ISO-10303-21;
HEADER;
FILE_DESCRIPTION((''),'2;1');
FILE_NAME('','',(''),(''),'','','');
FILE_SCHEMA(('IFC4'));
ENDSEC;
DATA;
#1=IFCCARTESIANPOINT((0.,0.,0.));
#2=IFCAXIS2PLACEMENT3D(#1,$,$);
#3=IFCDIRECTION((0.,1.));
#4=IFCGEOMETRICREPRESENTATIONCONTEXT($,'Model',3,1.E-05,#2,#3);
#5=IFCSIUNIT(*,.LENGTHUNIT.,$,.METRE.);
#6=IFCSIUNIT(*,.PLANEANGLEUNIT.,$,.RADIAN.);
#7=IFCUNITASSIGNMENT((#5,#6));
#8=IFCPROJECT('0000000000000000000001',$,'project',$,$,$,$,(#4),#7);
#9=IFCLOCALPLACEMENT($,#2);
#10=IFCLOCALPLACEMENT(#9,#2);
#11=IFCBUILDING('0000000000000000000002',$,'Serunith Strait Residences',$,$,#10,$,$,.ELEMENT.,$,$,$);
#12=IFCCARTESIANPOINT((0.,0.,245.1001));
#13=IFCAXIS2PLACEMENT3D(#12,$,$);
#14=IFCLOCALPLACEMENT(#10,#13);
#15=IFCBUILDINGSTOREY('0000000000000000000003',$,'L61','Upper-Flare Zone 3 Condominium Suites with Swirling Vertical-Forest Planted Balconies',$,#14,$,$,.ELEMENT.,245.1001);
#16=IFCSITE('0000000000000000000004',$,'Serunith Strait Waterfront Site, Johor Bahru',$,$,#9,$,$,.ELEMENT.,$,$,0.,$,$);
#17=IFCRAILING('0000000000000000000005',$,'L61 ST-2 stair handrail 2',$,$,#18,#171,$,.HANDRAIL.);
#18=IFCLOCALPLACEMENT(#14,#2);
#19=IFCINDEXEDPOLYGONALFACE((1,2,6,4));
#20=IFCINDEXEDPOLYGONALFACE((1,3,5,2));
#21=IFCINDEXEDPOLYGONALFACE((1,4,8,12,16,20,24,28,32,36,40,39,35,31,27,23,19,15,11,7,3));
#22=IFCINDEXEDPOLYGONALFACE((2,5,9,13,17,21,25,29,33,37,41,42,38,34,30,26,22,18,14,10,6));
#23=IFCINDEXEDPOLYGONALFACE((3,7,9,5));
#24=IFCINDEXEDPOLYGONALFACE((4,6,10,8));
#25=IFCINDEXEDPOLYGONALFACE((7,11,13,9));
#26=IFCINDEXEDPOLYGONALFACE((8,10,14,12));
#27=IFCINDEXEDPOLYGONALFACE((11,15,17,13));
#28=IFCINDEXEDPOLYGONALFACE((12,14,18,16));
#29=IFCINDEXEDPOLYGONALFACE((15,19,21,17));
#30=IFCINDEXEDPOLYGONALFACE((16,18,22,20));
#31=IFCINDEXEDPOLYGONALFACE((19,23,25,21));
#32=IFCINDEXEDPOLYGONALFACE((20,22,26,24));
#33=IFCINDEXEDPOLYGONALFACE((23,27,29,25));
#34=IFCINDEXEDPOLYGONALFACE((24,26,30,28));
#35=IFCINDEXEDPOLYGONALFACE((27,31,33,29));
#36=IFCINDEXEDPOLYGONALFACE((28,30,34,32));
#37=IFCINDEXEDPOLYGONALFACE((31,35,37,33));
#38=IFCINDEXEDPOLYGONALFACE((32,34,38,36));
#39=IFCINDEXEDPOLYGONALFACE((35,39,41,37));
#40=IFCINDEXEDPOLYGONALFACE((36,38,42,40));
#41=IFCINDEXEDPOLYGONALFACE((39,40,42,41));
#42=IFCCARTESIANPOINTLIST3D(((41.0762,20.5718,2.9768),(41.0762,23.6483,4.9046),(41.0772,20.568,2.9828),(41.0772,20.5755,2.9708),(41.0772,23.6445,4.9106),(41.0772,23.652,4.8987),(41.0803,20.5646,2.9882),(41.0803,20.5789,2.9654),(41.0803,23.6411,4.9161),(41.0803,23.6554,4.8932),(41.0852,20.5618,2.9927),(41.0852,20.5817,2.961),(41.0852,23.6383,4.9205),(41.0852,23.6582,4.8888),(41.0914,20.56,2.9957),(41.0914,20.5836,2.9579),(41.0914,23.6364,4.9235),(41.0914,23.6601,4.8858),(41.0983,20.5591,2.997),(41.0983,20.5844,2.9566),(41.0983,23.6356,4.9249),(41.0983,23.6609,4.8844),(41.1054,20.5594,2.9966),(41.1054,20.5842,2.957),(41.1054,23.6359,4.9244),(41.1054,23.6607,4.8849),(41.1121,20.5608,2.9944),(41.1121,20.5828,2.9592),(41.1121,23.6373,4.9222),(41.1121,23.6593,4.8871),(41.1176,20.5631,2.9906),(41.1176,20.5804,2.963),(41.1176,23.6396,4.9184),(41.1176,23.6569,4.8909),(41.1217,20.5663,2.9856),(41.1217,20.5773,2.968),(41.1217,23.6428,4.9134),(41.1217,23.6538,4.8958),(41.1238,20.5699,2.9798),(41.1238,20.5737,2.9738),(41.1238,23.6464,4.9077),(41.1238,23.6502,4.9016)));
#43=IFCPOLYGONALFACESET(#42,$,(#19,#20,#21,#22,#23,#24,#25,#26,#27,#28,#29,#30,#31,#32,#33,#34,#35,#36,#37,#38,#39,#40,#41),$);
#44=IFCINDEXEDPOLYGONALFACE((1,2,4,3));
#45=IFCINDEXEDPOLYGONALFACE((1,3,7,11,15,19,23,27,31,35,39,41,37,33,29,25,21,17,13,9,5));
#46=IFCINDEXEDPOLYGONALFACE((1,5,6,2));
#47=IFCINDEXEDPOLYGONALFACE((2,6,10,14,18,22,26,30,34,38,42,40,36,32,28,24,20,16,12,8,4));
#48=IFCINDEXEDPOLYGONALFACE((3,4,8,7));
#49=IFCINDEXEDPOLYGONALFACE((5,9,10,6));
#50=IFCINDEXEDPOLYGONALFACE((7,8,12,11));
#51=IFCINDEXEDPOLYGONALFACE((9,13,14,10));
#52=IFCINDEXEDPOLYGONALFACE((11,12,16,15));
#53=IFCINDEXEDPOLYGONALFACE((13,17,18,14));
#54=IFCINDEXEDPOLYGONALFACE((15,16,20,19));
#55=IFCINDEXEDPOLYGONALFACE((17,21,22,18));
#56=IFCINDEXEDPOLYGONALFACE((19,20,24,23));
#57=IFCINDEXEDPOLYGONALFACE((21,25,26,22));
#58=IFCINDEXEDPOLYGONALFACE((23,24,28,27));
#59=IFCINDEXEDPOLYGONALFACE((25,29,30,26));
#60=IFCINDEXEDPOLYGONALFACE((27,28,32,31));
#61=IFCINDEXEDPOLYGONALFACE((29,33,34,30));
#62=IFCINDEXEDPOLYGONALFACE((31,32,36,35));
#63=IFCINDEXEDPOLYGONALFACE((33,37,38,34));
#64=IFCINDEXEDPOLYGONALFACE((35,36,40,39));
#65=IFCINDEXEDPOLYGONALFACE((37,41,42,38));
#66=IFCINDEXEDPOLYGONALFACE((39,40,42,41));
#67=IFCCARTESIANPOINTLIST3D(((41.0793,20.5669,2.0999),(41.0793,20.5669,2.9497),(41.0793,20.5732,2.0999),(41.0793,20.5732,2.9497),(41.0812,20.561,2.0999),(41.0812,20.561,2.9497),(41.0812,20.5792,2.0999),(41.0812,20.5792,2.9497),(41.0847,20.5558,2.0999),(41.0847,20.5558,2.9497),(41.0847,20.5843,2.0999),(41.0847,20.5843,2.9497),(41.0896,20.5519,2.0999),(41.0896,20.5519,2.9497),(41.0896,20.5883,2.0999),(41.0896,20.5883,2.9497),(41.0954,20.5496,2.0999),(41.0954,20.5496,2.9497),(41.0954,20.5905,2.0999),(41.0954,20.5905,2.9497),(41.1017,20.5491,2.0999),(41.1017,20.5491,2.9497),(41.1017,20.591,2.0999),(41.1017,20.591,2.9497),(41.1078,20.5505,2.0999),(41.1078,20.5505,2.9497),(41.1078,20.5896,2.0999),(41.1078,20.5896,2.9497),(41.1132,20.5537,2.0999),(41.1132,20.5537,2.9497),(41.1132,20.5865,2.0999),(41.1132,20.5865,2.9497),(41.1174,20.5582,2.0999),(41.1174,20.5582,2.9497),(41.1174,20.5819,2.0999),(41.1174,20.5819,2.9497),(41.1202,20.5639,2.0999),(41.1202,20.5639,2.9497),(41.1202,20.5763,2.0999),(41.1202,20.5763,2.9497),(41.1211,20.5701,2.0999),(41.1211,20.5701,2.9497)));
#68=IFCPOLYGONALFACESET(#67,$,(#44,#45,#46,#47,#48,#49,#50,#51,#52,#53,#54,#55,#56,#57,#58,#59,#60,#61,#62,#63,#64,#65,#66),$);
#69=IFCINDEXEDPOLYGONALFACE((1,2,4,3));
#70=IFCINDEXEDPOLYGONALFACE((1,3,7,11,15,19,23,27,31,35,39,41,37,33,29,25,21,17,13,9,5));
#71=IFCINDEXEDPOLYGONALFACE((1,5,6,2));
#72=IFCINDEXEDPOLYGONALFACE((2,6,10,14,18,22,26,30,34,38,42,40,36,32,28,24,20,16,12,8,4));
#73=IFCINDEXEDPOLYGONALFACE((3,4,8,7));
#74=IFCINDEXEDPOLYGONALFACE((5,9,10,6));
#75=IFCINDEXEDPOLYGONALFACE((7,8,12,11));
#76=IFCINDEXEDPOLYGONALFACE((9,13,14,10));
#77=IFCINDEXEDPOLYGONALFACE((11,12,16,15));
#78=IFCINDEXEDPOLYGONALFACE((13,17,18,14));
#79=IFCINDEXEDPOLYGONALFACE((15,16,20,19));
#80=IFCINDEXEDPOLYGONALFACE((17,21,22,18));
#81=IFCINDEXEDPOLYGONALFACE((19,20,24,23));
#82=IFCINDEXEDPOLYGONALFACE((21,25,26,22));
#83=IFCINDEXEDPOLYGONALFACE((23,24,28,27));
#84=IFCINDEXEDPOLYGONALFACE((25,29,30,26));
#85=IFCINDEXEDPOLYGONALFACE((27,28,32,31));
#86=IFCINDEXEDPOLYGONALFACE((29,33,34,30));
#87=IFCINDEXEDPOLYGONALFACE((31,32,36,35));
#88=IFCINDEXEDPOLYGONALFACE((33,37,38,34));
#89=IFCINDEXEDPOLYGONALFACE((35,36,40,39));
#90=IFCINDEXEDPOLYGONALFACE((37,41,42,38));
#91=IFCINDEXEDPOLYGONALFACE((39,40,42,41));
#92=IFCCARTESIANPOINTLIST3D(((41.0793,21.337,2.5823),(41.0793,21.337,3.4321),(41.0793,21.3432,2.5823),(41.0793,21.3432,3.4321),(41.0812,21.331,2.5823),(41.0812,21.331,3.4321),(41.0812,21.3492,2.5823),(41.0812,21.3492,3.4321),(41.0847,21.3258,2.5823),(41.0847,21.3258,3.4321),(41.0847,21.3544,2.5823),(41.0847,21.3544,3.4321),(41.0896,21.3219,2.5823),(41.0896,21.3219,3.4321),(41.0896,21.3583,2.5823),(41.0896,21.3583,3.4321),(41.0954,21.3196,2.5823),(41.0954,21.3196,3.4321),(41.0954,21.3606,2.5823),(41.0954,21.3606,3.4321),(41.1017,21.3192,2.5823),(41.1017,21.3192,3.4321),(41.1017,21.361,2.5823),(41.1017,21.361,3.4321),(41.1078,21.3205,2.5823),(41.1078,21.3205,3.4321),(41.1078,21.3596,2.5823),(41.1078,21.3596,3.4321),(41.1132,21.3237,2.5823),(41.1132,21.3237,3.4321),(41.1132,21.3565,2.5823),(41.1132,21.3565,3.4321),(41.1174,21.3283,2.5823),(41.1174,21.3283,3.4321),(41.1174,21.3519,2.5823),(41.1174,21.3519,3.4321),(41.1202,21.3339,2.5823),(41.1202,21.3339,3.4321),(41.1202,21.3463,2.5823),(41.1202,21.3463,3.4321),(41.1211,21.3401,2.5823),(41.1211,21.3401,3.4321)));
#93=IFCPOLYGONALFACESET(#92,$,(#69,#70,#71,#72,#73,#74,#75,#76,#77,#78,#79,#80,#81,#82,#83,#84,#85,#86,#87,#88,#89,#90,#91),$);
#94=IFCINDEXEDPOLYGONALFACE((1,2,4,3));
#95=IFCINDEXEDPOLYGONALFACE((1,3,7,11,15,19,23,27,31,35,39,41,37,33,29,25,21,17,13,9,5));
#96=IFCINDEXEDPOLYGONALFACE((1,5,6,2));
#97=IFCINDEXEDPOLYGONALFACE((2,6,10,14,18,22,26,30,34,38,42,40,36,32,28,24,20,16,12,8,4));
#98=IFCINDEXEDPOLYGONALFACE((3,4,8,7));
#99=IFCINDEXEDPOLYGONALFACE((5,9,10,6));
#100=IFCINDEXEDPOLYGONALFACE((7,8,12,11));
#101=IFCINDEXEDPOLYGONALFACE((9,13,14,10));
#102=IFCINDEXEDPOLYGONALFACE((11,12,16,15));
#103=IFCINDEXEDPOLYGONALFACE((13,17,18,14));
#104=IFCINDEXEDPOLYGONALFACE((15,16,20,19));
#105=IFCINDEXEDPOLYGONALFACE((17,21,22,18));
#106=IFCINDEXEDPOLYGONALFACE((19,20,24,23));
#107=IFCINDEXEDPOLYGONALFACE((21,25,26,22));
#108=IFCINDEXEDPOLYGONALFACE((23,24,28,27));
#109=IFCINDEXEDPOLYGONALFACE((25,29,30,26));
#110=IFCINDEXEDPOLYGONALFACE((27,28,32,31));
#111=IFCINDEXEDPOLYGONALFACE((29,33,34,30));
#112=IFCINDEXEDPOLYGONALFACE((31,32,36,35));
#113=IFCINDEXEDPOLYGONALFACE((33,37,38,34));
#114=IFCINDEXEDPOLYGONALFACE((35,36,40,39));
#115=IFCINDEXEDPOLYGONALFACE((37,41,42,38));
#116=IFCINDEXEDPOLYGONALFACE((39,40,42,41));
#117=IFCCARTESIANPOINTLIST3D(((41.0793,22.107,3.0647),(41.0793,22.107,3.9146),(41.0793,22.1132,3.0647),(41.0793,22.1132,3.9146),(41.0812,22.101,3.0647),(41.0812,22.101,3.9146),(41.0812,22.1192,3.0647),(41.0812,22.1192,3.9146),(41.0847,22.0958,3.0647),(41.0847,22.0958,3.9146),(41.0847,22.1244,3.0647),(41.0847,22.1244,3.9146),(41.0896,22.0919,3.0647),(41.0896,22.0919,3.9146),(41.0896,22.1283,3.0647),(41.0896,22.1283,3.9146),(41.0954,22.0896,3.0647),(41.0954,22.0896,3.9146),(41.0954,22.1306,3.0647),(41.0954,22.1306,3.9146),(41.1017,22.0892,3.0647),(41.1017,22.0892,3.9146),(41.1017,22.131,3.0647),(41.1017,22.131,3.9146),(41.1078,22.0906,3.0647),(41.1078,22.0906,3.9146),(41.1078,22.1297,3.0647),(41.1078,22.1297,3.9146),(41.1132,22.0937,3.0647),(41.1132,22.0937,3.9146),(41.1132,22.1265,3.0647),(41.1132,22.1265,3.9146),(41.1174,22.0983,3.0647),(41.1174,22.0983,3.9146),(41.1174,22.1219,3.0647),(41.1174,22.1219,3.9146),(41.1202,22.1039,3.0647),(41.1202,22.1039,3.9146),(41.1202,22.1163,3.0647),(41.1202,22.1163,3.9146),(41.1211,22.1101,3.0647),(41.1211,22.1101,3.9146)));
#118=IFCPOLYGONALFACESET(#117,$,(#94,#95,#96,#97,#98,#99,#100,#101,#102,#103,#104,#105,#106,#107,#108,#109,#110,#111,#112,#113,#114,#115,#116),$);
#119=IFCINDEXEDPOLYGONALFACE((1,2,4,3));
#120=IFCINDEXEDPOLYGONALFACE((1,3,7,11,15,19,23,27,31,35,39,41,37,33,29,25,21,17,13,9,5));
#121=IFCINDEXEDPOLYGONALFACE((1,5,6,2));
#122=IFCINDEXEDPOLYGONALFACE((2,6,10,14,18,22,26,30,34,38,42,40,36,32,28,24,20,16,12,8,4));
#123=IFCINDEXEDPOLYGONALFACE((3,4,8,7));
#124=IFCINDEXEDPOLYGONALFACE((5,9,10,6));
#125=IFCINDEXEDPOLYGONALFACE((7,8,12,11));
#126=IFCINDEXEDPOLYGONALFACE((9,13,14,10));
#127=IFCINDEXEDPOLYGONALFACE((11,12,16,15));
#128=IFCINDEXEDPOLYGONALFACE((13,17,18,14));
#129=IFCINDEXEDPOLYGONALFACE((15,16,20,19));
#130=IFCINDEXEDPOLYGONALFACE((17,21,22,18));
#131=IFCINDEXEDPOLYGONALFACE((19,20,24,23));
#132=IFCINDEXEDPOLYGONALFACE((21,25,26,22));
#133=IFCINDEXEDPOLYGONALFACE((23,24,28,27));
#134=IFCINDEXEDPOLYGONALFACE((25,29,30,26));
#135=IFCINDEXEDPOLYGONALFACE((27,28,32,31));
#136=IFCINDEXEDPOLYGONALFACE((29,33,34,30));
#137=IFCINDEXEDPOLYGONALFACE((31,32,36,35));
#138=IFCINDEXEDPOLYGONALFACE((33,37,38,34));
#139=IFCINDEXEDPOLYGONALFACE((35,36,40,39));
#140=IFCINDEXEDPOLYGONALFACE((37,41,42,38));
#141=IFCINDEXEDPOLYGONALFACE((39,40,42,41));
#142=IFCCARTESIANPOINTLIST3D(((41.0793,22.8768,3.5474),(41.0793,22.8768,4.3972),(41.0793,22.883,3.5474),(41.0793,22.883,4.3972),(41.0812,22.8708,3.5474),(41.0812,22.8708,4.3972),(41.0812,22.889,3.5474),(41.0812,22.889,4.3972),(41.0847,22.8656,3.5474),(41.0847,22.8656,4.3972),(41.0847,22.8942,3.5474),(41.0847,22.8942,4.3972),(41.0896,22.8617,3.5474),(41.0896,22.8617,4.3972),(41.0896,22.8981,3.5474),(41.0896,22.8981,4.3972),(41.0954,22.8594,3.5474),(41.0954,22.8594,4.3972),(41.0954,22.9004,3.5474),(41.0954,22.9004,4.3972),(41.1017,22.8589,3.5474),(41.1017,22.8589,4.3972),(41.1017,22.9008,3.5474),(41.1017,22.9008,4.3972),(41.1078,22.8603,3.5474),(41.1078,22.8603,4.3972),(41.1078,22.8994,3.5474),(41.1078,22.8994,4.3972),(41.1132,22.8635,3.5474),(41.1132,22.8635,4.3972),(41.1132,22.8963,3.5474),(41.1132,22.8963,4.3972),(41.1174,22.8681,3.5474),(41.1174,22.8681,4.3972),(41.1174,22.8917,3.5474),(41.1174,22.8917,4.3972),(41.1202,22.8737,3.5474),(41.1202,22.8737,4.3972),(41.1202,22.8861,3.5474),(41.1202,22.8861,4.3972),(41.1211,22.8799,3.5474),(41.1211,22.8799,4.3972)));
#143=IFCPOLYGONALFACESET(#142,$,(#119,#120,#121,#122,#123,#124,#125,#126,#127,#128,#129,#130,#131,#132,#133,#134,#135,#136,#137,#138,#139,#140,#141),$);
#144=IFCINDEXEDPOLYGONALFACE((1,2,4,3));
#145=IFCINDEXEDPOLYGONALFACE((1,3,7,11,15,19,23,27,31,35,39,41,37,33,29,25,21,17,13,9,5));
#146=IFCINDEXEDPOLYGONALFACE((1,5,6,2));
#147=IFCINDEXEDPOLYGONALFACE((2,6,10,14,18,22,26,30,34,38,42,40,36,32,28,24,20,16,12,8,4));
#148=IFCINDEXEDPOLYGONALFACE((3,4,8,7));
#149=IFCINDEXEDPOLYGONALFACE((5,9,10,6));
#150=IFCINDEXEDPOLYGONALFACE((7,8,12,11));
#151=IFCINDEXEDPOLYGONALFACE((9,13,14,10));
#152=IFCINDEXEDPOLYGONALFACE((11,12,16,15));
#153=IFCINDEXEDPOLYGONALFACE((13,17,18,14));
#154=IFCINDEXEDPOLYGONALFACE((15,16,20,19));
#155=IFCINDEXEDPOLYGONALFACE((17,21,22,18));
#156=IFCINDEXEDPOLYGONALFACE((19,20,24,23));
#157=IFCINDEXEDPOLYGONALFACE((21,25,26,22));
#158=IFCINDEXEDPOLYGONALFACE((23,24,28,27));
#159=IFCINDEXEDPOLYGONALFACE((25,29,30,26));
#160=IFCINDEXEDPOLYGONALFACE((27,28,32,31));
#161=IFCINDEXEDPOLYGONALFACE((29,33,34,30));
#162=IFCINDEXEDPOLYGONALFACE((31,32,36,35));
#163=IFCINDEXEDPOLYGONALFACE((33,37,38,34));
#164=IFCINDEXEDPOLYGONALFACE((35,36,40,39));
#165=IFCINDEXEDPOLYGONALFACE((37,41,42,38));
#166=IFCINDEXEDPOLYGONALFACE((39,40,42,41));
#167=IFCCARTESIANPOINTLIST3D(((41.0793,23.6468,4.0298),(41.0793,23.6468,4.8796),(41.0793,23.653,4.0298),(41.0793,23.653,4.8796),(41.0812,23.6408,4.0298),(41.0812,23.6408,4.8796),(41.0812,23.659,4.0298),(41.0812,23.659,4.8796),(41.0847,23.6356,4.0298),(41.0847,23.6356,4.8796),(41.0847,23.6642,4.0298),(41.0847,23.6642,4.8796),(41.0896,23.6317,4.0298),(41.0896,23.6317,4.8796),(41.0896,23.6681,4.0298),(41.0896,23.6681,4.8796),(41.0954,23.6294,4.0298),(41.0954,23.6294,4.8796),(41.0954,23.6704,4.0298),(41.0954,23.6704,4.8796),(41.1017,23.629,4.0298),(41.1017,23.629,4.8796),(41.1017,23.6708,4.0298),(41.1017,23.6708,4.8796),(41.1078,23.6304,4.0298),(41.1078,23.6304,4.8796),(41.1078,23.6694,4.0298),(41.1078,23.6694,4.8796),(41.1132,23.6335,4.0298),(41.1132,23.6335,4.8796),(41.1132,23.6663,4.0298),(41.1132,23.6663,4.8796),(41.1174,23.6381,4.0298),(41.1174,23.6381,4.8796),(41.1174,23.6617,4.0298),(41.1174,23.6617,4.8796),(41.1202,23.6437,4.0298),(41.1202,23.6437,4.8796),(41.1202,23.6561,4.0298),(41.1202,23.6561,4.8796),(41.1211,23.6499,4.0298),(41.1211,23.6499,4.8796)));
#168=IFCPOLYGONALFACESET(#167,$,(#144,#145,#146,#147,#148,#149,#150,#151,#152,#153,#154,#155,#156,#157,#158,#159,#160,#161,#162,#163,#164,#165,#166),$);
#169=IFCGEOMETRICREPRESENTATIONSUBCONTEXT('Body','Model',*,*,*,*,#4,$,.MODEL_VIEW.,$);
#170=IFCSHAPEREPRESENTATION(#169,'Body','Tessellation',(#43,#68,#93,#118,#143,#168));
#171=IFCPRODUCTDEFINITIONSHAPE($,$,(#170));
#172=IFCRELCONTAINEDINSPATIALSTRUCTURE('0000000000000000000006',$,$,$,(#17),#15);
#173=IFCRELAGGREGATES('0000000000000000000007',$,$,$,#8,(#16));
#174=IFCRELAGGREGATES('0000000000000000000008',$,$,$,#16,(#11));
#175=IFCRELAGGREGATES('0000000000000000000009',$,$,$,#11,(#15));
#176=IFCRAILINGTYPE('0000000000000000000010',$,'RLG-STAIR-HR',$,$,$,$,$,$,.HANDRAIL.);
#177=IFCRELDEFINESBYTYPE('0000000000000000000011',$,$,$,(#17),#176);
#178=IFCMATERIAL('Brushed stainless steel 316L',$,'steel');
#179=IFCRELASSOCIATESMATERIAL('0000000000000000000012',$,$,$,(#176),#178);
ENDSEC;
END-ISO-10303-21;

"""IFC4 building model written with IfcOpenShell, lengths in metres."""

from ifc_helpers import new_model, si_unit, direction, frame, origin, origin_2d, place, context, subcontext, project, spatial, circle, extrude, material, type_object, element, save


model = new_model("IFC4")

# Units and contexts
model_context = context("Model", 3, precision=1e-05, world=origin(), true_north=direction((0.0, 1.0)))
body_context = subcontext(model_context, "Body", "Model", "MODEL_VIEW")
ifc_project = project(units=[si_unit("LENGTHUNIT", "METRE"), si_unit("PLANEANGLEUNIT", "RADIAN")], contexts=[model_context])

# Site, building, storey
site_placement = place(None, origin())
site = spatial("IfcSite", under=ifc_project, at=site_placement, Name="Serunith Strait Waterfront Site, Johor Bahru", CompositionType="ELEMENT", RefElevation=0.0)
building_placement = place(site_placement, origin())
building = spatial("IfcBuilding", under=site, at=building_placement, Name="Serunith Strait Residences", CompositionType="ELEMENT")
storey_placement = place(building_placement, frame((0.0, 0.0, 245.1001)))
storey = spatial("IfcBuildingStorey", under=building, at=storey_placement, Name="L61", Description="Upper-Flare Zone 3 Condominium Suites with Swirling Vertical-Forest Planted Balconies", CompositionType="ELEMENT", Elevation=245.1001)

# Railing
ifc_material_1 = material(Name="Brushed stainless steel 316L", Category="steel")
railing_type_1 = type_object("IfcRailingType", Name="RLG-STAIR-HR", PredefinedType="HANDRAIL", material=ifc_material_1)
railing_1_placement = place(storey_placement, frame((41.1001, 20.5701, 2.0999)))
element("IfcRailing", 1, at=railing_1_placement, inside=storey, type_object=railing_type_1, Name="L61 ST-2 stair handrail 2", PredefinedType="HANDRAIL", context=body_context, shape_type="SweptSolid", body=[
    extrude(circle(Radius=0.0239, at=origin_2d()), frame((0.0, 0.0017, 0.877), z_axis=(0.0, 0.847375, 0.530995), x_axis=(-1.0, 0.0, 0.0)), (0.0, 0.0, 1.0), 3.6306),
    extrude(circle(Radius=0.021, at=origin_2d()), origin(), (0.0, 0.0, 1.0), 0.8499),
    extrude(circle(Radius=0.021, at=origin_2d()), frame((0.0, 0.77, 0.4824)), (0.0, 0.0, 1.0), 0.8499),
    extrude(circle(Radius=0.021, at=origin_2d()), frame((0.0, 1.54, 0.9648)), (0.0, 0.0, 1.0), 0.8499),
    extrude(circle(Radius=0.021, at=origin_2d()), frame((0.0, 2.3098, 1.4475)), (0.0, 0.0, 1.0), 0.8499),
    extrude(circle(Radius=0.021, at=origin_2d()), frame((0.0, 3.0798, 1.9299)), (0.0, 0.0, 1.0), 0.8499),
])

save(model, "model.ifc")
